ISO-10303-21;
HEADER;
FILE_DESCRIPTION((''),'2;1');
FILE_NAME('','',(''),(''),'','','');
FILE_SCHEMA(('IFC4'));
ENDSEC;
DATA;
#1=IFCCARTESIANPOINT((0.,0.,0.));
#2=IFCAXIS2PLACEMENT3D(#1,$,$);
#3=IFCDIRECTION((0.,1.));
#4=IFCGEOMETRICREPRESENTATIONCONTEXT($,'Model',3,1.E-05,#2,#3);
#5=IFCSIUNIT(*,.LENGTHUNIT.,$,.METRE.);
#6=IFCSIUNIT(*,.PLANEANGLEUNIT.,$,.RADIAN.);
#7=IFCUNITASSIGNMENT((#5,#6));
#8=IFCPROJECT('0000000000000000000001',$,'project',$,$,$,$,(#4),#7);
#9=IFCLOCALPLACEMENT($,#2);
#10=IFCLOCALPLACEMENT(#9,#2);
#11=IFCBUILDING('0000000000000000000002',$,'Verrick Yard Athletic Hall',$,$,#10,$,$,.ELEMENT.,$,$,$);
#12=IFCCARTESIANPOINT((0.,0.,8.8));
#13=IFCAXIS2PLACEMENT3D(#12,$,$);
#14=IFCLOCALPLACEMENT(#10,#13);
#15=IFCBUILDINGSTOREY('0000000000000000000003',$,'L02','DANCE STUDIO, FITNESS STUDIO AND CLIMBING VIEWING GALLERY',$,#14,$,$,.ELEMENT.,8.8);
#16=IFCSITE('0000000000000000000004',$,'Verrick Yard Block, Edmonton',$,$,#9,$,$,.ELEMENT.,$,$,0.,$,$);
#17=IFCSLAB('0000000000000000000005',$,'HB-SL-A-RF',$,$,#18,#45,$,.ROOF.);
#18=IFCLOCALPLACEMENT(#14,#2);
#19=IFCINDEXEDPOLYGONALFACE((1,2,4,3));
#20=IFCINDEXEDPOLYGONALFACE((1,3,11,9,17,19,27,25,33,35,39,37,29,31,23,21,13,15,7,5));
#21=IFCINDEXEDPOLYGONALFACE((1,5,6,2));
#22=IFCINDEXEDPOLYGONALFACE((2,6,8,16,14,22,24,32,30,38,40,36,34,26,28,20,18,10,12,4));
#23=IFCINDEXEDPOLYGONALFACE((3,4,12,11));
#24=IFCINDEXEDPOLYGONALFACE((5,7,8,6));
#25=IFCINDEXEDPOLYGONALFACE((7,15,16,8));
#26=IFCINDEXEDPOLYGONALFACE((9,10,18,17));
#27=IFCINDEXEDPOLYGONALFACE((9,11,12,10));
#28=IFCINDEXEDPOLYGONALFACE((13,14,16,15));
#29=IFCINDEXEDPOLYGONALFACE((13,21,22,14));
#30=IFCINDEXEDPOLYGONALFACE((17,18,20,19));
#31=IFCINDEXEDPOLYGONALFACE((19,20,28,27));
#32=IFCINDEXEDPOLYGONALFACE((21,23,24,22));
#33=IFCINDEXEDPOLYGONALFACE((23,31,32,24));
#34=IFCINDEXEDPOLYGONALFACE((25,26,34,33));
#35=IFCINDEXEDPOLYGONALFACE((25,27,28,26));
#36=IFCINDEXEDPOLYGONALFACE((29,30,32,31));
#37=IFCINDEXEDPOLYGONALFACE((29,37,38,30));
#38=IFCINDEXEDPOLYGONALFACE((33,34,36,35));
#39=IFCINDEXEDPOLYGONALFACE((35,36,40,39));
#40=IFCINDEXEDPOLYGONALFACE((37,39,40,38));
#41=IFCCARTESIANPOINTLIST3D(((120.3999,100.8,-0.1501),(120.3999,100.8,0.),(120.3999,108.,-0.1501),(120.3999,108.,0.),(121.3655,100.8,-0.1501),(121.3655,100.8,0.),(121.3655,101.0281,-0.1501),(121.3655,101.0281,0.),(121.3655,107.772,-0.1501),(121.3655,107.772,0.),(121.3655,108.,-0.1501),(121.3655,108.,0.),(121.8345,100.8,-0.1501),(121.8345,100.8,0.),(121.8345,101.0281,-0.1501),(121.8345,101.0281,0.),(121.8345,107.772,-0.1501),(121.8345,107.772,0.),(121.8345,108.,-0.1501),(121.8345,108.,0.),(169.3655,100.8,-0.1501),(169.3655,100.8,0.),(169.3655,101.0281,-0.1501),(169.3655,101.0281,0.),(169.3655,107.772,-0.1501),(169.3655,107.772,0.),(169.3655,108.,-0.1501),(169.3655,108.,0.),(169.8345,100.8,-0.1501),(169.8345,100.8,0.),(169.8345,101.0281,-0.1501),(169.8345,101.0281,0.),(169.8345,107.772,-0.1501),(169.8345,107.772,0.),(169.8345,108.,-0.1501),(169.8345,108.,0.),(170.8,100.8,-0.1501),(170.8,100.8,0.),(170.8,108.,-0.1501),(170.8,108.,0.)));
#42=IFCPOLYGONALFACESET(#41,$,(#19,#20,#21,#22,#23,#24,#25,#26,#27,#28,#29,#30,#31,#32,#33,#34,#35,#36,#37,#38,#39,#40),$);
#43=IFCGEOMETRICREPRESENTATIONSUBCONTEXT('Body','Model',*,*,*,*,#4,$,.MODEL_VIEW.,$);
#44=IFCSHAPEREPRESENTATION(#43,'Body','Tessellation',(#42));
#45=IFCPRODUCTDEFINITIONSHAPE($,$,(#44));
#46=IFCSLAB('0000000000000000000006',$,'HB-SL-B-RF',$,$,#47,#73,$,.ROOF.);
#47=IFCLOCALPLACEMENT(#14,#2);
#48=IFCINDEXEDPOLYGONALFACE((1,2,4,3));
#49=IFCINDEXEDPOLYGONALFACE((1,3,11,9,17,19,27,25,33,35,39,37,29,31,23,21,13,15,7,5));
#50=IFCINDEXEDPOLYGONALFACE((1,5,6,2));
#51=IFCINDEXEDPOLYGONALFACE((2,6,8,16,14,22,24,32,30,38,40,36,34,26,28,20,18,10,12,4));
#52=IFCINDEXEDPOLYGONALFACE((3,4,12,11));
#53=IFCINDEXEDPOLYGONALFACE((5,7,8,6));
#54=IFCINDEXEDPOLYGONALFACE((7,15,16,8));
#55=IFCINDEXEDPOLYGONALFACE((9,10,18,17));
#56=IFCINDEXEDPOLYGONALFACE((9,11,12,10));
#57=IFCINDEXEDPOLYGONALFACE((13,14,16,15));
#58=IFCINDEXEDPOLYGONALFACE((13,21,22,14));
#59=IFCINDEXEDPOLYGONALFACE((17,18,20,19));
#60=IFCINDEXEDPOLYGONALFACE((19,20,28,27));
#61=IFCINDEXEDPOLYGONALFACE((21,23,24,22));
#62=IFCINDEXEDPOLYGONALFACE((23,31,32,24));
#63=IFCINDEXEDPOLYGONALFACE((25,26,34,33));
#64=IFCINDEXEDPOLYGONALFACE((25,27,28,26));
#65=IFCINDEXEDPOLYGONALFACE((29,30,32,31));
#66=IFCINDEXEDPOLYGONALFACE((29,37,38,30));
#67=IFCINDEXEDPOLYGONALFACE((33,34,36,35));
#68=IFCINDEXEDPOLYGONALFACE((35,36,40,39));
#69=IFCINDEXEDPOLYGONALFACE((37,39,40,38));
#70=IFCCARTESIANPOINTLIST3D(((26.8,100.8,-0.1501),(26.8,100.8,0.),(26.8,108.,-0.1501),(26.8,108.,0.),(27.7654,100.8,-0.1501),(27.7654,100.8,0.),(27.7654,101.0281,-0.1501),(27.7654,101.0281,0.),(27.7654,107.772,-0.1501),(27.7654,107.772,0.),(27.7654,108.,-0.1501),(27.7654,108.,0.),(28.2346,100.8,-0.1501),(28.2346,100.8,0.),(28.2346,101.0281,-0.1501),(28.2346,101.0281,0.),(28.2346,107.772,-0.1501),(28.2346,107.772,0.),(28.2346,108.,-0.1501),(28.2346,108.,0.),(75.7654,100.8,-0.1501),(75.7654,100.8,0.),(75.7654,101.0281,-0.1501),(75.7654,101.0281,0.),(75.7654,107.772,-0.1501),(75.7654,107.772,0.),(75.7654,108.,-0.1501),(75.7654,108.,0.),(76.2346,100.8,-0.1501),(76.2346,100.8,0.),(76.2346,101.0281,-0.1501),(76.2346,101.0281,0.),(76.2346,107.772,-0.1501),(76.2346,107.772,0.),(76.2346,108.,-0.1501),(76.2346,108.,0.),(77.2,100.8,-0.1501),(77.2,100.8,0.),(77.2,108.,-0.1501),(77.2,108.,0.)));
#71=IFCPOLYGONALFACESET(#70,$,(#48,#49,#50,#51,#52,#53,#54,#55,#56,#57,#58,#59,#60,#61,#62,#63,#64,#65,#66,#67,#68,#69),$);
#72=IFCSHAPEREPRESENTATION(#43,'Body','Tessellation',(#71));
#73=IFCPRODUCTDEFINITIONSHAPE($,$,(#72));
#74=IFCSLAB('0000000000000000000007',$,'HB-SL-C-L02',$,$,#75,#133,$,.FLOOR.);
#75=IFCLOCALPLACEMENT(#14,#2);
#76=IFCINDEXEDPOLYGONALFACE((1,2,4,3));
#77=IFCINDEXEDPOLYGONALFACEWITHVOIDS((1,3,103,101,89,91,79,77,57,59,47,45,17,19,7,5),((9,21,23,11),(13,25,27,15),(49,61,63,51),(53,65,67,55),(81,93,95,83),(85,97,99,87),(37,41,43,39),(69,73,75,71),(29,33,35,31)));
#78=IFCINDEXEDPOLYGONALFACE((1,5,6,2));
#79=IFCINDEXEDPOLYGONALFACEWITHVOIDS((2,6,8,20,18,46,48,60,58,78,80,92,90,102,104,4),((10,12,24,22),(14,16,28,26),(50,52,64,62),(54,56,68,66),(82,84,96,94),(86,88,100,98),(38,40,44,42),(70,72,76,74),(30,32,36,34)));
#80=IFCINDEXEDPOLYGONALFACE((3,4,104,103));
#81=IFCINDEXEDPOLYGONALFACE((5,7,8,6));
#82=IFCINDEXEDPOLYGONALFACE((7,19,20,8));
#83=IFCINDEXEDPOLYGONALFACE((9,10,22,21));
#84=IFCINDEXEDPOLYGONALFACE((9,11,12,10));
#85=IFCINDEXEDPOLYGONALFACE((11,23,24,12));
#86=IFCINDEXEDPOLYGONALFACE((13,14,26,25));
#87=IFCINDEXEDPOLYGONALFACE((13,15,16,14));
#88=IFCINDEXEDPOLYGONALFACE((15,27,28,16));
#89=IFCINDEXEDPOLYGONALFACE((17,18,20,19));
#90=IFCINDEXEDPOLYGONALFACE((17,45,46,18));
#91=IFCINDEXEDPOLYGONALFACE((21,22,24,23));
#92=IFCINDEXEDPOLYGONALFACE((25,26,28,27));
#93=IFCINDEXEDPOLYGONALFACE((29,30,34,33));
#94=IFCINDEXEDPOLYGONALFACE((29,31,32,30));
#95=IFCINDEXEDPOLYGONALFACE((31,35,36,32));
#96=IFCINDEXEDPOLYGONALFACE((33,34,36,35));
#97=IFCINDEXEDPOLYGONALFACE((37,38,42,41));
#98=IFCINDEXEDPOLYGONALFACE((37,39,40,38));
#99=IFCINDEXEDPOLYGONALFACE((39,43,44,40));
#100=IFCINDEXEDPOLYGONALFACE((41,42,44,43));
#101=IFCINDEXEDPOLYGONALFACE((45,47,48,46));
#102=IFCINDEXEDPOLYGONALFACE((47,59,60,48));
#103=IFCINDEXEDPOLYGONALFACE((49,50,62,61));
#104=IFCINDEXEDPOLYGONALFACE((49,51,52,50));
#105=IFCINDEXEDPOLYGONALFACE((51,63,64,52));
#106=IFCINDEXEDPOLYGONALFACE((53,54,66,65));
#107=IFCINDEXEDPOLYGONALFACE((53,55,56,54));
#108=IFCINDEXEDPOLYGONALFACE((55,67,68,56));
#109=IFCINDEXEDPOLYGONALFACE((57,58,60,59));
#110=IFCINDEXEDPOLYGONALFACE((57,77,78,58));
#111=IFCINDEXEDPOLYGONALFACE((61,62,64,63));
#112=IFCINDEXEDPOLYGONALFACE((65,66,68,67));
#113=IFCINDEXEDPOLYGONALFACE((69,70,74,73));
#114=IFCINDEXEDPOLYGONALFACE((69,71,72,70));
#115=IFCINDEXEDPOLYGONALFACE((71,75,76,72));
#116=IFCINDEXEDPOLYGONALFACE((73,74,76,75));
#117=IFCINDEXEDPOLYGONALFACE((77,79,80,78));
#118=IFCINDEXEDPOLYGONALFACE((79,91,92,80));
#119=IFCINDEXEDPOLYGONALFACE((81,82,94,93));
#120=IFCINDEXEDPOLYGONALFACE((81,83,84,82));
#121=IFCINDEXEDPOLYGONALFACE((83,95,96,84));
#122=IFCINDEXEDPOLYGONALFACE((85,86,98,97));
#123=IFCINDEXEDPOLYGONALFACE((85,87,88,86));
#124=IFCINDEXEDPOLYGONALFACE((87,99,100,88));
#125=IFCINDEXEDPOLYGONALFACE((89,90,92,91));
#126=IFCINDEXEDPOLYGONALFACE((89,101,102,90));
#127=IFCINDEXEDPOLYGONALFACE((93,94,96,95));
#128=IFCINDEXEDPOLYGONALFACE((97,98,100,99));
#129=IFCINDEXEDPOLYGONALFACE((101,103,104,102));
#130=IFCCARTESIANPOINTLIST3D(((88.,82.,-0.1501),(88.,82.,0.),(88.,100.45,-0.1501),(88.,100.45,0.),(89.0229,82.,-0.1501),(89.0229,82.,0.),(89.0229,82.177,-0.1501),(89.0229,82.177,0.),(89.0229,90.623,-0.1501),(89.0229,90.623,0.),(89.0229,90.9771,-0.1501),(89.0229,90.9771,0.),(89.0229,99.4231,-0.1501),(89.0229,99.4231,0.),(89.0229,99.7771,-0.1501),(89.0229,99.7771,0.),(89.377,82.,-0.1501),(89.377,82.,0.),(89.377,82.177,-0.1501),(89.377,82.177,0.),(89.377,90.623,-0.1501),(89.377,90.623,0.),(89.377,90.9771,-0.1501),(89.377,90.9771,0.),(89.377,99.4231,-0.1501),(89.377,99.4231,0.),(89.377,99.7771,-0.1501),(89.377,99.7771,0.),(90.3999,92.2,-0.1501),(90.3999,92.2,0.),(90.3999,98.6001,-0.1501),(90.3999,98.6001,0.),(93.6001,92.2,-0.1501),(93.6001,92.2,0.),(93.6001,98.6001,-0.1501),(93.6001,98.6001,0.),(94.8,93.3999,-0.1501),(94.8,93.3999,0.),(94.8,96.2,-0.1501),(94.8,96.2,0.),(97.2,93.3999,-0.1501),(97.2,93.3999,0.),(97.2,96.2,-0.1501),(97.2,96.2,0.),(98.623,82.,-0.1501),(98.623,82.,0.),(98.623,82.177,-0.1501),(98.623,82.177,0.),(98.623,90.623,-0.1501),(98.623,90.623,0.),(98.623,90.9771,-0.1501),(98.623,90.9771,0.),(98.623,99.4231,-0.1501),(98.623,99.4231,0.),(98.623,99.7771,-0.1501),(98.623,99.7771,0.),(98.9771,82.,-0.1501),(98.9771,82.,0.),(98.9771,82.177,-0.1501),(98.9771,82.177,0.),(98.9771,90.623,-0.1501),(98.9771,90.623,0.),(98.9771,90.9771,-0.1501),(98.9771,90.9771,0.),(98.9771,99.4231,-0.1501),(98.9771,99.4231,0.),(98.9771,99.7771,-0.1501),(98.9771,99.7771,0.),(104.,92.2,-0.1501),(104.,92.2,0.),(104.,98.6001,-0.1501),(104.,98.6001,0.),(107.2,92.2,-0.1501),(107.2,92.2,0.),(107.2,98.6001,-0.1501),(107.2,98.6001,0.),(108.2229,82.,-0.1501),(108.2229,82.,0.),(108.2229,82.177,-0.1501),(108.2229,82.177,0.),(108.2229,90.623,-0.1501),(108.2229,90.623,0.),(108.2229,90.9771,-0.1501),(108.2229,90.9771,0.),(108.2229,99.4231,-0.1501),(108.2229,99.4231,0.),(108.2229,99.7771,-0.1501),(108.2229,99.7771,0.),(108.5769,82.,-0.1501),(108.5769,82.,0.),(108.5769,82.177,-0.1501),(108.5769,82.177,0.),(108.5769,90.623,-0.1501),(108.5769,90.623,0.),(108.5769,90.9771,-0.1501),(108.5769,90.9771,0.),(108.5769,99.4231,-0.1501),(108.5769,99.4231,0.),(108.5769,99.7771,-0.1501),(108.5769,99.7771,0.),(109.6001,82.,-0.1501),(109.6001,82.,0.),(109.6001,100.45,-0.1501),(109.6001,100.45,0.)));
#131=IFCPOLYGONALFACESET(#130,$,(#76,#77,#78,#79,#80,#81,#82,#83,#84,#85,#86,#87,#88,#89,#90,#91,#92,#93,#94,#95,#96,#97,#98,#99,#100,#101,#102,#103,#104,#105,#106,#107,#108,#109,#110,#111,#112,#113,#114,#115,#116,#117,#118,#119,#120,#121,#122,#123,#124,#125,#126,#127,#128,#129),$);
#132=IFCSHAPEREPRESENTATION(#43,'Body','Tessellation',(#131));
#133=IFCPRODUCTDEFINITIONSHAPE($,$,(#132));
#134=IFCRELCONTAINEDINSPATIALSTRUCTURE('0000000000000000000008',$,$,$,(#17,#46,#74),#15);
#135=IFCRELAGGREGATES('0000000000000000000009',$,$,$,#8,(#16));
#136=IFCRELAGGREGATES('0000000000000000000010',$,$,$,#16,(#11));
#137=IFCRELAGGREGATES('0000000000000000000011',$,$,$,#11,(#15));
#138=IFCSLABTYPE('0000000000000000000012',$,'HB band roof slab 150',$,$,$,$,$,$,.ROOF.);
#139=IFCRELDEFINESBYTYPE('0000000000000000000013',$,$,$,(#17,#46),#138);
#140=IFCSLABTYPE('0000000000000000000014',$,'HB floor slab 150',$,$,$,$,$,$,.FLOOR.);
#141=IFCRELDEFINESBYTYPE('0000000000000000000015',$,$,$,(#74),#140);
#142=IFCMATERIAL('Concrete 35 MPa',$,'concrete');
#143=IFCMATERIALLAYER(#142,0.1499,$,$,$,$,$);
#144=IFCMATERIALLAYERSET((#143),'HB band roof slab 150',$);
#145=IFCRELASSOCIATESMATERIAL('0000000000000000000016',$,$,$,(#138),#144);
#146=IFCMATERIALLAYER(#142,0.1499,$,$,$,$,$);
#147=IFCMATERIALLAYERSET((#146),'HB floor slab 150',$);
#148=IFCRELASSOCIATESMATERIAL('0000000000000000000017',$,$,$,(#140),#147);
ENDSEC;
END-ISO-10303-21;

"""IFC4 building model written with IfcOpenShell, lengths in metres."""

from ifc_helpers import new_model, si_unit, direction, frame, origin, place, context, subcontext, project, spatial, polyline, outline, extrude, material, layer, layer_set, type_object, element, save


model = new_model("IFC4")

# Units and contexts
model_context = context("Model", 3, precision=1e-05, world=origin(), true_north=direction((0.0, 1.0)))
body_context = subcontext(model_context, "Body", "Model", "MODEL_VIEW")
ifc_project = project(units=[si_unit("LENGTHUNIT", "METRE"), si_unit("PLANEANGLEUNIT", "RADIAN")], contexts=[model_context])

# Site, building, storey
site_placement = place(None, origin())
site = spatial("IfcSite", under=ifc_project, at=site_placement, Name="Verrick Yard Block, Edmonton", CompositionType="ELEMENT", RefElevation=0.0)
building_placement = place(site_placement, origin())
building = spatial("IfcBuilding", under=site, at=building_placement, Name="Verrick Yard Athletic Hall", CompositionType="ELEMENT")
storey_placement = place(building_placement, frame((0.0, 0.0, 8.8)))
storey = spatial("IfcBuildingStorey", under=building, at=storey_placement, Name="L02", Description="DANCE STUDIO, FITNESS STUDIO AND CLIMBING VIEWING GALLERY", CompositionType="ELEMENT", Elevation=8.8)

# Slabs
ifc_material = material(Name="Concrete 35 MPa", Category="concrete")
ifc_layer_1 = layer(ifc_material, 0.1499)
ifc_layer_set_1 = layer_set([ifc_layer_1], Name="HB band roof slab 150")
slab_type_1 = type_object("IfcSlabType", Name="HB band roof slab 150", PredefinedType="ROOF", material=ifc_layer_set_1)
slab_1_placement = place(storey_placement, frame((0.0, 0.0, -0.1501)))
element("IfcSlab", 1, at=slab_1_placement, inside=storey, type_object=slab_type_1, Name="HB-SL-A-RF", PredefinedType="ROOF", context=body_context, shape_type="SweptSolid", body=[
    extrude(outline(polyline([(170.8, 108.0), (170.8, 100.8), (169.8345, 100.8), (169.8345, 101.0281), (169.3655, 101.0281), (169.3655, 100.8), (121.8345, 100.8), (121.8345, 101.0281), (121.3655, 101.0281), (121.3655, 100.8), (120.3999, 100.8), (120.3999, 108.0), (121.3655, 108.0), (121.3655, 107.772), (121.8345, 107.772), (121.8345, 108.0), (169.3655, 108.0), (169.3655, 107.772), (169.8345, 107.772), (169.8345, 108.0), (170.8, 108.0)])), origin(), (0.0, 0.0, 1.0), 0.1501),
])
slab_2_placement = place(storey_placement, frame((0.0, 0.0, -0.1501)))
element("IfcSlab", 2, at=slab_2_placement, inside=storey, type_object=slab_type_1, Name="HB-SL-B-RF", PredefinedType="ROOF", context=body_context, shape_type="SweptSolid", body=[
    extrude(outline(polyline([(77.2, 108.0), (77.2, 100.8), (76.2346, 100.8), (76.2346, 101.0281), (75.7654, 101.0281), (75.7654, 100.8), (28.2346, 100.8), (28.2346, 101.0281), (27.7654, 101.0281), (27.7654, 100.8), (26.8, 100.8), (26.8, 108.0), (27.7654, 108.0), (27.7654, 107.772), (28.2346, 107.772), (28.2346, 108.0), (75.7654, 108.0), (75.7654, 107.772), (76.2346, 107.772), (76.2346, 108.0), (77.2, 108.0)])), origin(), (0.0, 0.0, 1.0), 0.1501),
])
ifc_layer_2 = layer(ifc_material, 0.1499)
ifc_layer_set_2 = layer_set([ifc_layer_2], Name="HB floor slab 150")
slab_type_2 = type_object("IfcSlabType", Name="HB floor slab 150", PredefinedType="FLOOR", material=ifc_layer_set_2)
slab_3_placement = place(storey_placement, frame((0.0, 0.0, -0.1501)))
element("IfcSlab", 3, at=slab_3_placement, inside=storey, type_object=slab_type_2, Name="HB-SL-C-L02", PredefinedType="FLOOR", context=body_context, shape_type="SweptSolid", body=[
    extrude(outline(polyline([(88.0, 82.0), (88.0, 100.45), (109.6001, 100.45), (109.6001, 82.0), (108.5769, 82.0), (108.5769, 82.177), (108.2229, 82.177), (108.2229, 82.0), (98.9771, 82.0), (98.9771, 82.177), (98.623, 82.177), (98.623, 82.0), (89.377, 82.0), (89.377, 82.177), (89.0229, 82.177), (89.0229, 82.0), (88.0, 82.0)]), holes=[polyline([(89.377, 90.9771), (89.0229, 90.9771), (89.0229, 90.623), (89.377, 90.623), (89.377, 90.9771)]), polyline([(94.8, 96.2), (94.8, 93.3999), (97.2, 93.3999), (97.2, 96.2), (94.8, 96.2)]), polyline([(93.6001, 98.6001), (90.3999, 98.6001), (90.3999, 92.2), (93.6001, 92.2), (93.6001, 98.6001)]), polyline([(89.377, 99.7771), (89.0229, 99.7771), (89.0229, 99.4231), (89.377, 99.4231), (89.377, 99.7771)]), polyline([(98.9771, 90.9771), (98.623, 90.9771), (98.623, 90.623), (98.9771, 90.623), (98.9771, 90.9771)]), polyline([(108.5769, 90.9771), (108.2229, 90.9771), (108.2229, 90.623), (108.5769, 90.623), (108.5769, 90.9771)]), polyline([(104.0, 98.6001), (104.0, 92.2), (107.2, 92.2), (107.2, 98.6001), (104.0, 98.6001)]), polyline([(98.9771, 99.7771), (98.623, 99.7771), (98.623, 99.4231), (98.9771, 99.4231), (98.9771, 99.7771)]), polyline([(108.5769, 99.7771), (108.2229, 99.7771), (108.2229, 99.4231), (108.5769, 99.4231), (108.5769, 99.7771)])]), origin(), (0.0, 0.0, 1.0), 0.1501),
])

save(model, "model.ifc")
